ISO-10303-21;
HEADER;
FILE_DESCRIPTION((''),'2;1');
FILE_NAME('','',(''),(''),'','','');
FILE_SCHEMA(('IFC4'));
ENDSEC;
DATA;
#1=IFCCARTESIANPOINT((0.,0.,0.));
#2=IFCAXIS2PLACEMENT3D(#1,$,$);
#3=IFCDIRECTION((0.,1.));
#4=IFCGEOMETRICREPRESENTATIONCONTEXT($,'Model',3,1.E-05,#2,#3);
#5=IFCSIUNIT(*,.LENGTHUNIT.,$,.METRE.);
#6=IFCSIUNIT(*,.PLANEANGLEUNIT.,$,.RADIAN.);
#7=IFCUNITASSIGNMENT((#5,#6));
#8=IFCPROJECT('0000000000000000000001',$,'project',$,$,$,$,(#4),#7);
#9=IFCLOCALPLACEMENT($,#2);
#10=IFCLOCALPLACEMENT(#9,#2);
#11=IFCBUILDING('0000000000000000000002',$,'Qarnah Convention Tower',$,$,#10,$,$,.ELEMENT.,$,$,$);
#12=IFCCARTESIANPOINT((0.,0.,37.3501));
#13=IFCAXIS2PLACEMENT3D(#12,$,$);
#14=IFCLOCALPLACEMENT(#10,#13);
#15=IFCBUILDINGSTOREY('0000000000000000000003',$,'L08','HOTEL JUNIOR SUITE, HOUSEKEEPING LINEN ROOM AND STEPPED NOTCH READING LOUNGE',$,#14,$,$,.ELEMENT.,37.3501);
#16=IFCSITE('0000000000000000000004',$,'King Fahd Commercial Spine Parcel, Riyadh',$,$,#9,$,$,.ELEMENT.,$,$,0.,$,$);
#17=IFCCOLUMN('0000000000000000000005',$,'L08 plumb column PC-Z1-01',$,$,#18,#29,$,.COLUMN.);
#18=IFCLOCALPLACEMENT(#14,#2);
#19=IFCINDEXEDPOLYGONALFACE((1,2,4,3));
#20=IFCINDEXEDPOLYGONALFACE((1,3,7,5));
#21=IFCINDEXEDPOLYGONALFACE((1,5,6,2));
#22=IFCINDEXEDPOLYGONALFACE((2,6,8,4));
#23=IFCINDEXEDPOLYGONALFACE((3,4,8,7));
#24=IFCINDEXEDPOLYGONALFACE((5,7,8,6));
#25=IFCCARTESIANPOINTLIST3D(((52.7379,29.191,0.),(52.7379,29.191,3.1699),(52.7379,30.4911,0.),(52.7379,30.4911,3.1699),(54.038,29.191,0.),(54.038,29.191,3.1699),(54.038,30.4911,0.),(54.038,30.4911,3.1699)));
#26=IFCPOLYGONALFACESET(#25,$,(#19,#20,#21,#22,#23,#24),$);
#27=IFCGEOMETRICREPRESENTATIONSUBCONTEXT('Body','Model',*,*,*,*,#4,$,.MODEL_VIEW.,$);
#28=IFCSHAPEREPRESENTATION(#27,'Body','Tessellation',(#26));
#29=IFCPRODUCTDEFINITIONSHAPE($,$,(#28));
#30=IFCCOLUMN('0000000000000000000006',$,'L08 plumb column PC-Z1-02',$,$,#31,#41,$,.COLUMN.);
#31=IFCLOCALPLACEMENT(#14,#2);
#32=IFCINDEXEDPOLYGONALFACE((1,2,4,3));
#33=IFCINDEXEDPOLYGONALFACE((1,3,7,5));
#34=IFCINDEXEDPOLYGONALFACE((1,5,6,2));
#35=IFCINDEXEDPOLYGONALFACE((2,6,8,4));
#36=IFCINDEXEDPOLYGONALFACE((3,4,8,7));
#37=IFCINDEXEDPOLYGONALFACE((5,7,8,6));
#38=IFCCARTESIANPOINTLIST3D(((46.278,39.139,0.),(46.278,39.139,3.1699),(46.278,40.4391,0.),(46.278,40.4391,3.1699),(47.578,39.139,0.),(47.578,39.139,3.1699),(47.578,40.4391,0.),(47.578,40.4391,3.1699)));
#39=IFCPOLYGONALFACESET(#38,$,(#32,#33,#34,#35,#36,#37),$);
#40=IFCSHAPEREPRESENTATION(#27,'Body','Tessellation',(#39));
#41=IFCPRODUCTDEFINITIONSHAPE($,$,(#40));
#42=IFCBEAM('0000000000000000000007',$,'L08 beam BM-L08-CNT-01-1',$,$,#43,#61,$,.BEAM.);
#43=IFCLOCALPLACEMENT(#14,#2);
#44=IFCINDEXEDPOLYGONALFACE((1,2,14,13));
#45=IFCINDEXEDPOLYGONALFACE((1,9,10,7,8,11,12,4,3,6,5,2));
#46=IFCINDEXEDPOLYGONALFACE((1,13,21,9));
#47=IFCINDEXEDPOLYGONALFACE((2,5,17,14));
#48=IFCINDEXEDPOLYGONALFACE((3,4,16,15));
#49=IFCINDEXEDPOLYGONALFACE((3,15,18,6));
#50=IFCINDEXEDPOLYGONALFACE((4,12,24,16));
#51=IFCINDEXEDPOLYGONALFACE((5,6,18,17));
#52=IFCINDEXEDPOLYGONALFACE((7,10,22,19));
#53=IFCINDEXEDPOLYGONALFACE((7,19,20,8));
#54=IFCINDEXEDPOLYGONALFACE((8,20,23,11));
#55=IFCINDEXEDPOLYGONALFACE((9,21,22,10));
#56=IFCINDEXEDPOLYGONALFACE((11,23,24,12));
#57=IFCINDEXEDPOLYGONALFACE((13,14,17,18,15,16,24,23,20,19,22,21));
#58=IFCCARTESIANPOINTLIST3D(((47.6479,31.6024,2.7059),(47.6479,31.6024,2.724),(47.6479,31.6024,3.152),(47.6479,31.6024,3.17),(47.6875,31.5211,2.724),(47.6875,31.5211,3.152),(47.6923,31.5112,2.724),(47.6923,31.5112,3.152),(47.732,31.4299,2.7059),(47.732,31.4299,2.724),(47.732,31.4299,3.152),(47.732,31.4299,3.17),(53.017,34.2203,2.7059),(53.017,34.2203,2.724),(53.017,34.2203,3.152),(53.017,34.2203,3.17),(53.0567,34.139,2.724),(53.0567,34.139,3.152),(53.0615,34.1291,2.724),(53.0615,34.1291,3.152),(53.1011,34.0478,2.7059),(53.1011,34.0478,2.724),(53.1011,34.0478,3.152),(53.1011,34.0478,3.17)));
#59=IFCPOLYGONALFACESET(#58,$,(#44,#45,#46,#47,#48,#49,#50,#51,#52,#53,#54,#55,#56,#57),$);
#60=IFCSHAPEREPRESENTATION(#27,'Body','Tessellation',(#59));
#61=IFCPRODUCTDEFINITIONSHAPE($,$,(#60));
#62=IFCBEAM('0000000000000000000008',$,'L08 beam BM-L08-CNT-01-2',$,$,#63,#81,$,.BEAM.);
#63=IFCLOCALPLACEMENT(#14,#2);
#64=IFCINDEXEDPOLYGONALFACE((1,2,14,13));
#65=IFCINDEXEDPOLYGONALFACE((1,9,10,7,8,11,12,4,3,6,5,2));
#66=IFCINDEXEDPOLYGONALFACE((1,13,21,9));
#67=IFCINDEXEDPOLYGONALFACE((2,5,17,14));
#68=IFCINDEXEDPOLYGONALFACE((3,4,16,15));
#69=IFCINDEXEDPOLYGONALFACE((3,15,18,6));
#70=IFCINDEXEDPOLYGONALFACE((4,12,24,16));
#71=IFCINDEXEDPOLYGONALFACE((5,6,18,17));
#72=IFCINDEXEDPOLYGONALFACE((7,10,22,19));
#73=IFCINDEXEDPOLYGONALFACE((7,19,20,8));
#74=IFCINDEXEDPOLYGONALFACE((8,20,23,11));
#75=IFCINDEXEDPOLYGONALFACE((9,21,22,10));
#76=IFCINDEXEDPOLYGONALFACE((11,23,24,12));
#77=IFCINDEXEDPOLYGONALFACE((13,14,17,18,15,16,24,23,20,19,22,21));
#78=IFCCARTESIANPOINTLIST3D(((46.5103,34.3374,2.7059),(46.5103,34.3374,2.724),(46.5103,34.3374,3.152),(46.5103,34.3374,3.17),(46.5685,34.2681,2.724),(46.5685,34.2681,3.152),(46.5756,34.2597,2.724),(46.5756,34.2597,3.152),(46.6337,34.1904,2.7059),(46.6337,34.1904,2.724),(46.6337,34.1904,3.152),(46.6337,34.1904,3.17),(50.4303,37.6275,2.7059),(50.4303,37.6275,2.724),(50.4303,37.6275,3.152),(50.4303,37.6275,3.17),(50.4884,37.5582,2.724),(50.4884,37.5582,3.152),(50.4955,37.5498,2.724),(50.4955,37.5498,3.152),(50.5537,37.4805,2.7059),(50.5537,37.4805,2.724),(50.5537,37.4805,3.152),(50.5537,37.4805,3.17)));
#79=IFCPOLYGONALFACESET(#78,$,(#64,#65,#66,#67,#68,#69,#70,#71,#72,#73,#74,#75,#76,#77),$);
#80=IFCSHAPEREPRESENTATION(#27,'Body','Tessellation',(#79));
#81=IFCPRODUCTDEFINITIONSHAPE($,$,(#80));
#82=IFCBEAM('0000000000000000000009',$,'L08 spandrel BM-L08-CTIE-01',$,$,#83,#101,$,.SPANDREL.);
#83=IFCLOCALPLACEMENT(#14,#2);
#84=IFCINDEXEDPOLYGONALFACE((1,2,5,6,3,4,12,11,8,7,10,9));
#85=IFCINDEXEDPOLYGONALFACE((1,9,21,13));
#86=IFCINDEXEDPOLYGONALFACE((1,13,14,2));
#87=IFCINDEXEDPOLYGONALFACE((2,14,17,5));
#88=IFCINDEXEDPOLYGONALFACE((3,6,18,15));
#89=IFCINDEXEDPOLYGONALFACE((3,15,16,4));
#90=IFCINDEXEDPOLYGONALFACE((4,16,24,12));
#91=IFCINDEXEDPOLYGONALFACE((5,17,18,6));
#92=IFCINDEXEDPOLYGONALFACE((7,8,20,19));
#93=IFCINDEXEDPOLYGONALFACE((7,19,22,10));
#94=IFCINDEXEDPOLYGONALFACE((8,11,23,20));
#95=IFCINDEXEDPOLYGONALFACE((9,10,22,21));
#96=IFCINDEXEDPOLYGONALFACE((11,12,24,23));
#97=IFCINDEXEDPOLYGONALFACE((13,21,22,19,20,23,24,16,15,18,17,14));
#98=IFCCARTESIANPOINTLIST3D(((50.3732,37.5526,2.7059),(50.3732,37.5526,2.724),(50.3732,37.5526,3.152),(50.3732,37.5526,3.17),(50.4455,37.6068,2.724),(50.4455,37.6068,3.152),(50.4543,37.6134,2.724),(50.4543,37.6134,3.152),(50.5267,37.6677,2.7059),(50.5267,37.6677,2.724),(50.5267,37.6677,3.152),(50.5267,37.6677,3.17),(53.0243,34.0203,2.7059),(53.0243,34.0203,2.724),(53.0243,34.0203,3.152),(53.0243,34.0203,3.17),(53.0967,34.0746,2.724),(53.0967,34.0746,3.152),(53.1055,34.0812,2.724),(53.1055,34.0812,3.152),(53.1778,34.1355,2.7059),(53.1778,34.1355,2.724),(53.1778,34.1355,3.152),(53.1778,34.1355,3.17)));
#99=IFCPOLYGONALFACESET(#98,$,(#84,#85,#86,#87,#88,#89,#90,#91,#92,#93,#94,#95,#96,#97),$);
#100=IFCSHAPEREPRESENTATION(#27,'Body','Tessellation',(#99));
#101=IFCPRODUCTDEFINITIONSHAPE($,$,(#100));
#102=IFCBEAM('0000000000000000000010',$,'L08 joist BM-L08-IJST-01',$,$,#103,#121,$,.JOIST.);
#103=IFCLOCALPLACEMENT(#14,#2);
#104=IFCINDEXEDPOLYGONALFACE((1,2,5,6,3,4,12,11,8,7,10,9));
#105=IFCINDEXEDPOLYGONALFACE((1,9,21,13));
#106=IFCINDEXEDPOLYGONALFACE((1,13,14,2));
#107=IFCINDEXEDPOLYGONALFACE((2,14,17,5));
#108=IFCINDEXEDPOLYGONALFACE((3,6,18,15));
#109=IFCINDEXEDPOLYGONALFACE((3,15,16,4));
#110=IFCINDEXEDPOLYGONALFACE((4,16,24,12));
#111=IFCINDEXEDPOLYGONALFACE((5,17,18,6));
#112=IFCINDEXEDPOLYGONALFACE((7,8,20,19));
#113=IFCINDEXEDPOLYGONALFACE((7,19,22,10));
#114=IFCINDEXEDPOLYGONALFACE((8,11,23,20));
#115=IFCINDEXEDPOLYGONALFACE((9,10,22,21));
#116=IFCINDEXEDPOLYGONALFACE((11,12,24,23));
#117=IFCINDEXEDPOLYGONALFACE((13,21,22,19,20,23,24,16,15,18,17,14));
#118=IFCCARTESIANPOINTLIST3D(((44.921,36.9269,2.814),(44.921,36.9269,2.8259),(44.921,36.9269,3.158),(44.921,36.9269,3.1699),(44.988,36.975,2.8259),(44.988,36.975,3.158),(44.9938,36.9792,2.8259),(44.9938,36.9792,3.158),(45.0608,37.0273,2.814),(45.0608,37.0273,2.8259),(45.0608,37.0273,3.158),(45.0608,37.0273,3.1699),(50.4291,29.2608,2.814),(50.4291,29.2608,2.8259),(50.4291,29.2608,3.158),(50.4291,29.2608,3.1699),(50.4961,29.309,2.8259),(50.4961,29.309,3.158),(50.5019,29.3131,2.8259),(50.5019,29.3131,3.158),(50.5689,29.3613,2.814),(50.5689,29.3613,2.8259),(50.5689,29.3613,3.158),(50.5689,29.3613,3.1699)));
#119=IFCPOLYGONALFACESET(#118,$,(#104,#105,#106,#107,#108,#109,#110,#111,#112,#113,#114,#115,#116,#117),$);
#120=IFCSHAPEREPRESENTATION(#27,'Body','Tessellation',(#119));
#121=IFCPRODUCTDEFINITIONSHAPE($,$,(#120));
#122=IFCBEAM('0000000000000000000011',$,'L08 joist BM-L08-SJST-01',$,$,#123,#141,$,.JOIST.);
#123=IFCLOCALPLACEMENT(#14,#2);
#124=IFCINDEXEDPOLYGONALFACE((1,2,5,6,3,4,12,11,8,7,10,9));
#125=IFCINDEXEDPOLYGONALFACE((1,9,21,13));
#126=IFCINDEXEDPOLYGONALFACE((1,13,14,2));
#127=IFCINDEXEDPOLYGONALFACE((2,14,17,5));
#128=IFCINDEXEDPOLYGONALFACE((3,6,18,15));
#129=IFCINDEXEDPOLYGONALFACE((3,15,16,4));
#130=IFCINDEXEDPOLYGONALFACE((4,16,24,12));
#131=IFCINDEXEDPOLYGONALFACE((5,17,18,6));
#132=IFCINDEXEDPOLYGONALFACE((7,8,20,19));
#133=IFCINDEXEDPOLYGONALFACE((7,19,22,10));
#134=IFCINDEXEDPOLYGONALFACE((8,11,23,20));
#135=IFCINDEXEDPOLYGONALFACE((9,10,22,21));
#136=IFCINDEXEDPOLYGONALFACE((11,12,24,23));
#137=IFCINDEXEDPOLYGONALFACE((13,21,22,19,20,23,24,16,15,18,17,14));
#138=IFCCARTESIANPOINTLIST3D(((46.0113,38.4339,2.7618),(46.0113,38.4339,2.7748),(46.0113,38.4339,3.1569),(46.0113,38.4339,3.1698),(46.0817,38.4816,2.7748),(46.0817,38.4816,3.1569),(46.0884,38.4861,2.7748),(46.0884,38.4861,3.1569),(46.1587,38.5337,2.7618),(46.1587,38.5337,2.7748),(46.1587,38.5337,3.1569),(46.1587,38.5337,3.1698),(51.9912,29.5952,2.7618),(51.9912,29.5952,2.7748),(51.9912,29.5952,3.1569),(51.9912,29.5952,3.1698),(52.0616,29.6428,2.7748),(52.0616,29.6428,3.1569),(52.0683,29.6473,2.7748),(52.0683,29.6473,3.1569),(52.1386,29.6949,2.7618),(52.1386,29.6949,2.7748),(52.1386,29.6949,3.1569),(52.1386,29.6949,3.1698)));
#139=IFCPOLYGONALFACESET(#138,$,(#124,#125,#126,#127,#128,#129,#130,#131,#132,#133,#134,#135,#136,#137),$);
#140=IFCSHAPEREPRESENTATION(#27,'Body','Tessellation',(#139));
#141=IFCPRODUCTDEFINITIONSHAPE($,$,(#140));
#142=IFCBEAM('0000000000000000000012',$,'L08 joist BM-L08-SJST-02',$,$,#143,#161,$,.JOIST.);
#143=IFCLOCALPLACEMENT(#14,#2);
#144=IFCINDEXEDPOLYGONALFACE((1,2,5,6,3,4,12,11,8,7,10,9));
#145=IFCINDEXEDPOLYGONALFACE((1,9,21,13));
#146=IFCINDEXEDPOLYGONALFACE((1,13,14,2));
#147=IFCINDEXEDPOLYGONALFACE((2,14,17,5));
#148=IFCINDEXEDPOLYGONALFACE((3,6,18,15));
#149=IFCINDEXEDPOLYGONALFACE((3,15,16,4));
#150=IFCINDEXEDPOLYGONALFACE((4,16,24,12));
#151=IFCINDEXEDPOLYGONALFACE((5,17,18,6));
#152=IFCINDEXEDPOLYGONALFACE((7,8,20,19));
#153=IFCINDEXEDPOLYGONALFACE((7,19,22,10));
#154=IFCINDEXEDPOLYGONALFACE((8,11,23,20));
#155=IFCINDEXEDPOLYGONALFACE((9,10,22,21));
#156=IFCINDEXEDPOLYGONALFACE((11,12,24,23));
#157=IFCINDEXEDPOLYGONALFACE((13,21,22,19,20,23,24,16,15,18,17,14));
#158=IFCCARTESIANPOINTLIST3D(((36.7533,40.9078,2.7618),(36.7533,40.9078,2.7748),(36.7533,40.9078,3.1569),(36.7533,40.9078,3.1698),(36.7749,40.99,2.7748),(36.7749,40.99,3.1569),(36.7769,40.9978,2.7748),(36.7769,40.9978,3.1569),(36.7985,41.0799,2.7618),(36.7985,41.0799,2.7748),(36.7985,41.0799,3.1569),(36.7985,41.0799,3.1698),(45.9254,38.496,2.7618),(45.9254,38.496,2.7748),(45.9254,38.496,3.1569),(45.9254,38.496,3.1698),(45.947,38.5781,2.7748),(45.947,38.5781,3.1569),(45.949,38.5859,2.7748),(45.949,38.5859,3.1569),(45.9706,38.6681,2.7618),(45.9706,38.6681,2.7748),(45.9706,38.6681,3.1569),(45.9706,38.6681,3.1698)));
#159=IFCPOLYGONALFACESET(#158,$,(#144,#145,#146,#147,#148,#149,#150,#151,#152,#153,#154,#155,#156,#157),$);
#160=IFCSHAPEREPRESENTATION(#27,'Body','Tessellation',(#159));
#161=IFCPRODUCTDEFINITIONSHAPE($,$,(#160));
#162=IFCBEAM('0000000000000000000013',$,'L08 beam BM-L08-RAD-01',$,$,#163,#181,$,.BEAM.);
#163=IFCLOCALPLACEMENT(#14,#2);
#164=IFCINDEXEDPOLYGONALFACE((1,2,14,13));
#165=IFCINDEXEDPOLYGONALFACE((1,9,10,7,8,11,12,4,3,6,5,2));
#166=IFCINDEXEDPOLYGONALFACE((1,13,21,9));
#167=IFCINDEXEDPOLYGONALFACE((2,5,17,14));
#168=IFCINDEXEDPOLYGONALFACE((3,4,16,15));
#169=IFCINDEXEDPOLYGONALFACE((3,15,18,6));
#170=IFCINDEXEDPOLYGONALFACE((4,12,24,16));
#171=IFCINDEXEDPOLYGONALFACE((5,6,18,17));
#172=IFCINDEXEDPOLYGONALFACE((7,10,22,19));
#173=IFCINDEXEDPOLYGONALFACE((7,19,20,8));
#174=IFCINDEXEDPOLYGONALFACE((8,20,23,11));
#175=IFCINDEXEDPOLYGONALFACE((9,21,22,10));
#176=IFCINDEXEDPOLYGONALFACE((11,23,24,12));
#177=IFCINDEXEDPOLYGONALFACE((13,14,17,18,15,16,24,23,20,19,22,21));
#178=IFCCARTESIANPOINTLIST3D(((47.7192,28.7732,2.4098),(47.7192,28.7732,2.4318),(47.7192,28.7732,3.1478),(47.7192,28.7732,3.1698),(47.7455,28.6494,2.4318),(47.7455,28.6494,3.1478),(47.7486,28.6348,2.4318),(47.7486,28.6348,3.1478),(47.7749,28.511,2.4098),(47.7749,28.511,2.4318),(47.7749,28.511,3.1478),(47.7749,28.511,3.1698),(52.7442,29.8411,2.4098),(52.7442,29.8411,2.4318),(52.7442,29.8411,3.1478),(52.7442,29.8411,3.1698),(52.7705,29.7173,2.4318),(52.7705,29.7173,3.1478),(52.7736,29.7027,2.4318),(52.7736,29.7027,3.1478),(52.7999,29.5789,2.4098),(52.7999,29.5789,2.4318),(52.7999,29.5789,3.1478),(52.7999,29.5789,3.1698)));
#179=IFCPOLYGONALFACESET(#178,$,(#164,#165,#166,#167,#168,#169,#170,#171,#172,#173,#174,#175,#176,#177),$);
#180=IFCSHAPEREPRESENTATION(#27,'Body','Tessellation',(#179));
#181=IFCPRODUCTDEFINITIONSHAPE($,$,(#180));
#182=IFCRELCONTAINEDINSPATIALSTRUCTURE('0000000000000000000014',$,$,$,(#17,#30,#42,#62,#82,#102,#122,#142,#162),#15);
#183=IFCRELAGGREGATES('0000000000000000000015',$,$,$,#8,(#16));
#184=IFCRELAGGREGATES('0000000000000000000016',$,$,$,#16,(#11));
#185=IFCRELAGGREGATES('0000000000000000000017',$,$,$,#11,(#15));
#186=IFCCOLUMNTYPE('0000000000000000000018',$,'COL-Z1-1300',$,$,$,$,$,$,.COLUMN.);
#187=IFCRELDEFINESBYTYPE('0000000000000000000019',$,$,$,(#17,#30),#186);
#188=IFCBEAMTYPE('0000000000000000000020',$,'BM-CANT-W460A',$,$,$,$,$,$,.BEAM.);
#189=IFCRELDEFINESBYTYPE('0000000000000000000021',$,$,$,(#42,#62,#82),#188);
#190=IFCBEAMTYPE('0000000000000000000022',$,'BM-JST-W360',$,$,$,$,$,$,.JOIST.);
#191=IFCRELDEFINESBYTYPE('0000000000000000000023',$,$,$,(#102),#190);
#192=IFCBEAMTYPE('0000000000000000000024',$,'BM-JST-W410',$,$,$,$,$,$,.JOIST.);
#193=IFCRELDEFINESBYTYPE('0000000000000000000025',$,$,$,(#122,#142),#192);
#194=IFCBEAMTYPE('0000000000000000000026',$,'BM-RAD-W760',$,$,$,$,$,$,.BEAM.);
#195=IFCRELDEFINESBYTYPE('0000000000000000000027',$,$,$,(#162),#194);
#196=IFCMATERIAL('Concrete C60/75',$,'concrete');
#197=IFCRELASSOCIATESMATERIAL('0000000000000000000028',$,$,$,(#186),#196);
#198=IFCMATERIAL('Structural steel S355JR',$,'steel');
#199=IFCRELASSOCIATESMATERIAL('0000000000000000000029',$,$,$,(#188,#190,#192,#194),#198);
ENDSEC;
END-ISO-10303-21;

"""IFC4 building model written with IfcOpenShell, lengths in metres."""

from ifc_helpers import new_model, si_unit, direction, frame, origin, origin_2d, place, context, subcontext, project, spatial, rectangle, i_section, extrude, material, material_profile, profile_set, type_object, element, save


model = new_model("IFC4")

# Units and contexts
model_context = context("Model", 3, precision=1e-05, world=origin(), true_north=direction((0.0, 1.0)))
body_context = subcontext(model_context, "Body", "Model", "MODEL_VIEW")
ifc_project = project(units=[si_unit("LENGTHUNIT", "METRE"), si_unit("PLANEANGLEUNIT", "RADIAN")], contexts=[model_context])

# Site, building, storey
site_placement = place(None, origin())
site = spatial("IfcSite", under=ifc_project, at=site_placement, Name="King Fahd Commercial Spine Parcel, Riyadh", CompositionType="ELEMENT", RefElevation=0.0)
building_placement = place(site_placement, origin())
building = spatial("IfcBuilding", under=site, at=building_placement, Name="Qarnah Convention Tower", CompositionType="ELEMENT")
storey_placement = place(building_placement, frame((0.0, 0.0, 37.3501)))
storey = spatial("IfcBuildingStorey", under=building, at=storey_placement, Name="L08", Description="HOTEL JUNIOR SUITE, HOUSEKEEPING LINEN ROOM AND STEPPED NOTCH READING LOUNGE", CompositionType="ELEMENT", Elevation=37.3501)

# Columns
ifc_material_1 = material(Name="Concrete C60/75", Category="concrete")
ifc_material_profile_1 = material_profile(ifc_material_1, rectangle(XDim=1.3, YDim=1.3, at=origin_2d()), Name="RC-COL-1300X1300")
ifc_profile_set_1 = profile_set([ifc_material_profile_1], Name="Concrete C60/75")
column_type = type_object("IfcColumnType", Name="COL-Z1-1300", PredefinedType="COLUMN", material=ifc_profile_set_1)
for number, where, z_axis, x_axis, name in (
    (1, (53.3879, 29.8411, 0.0), (0.0, 0.0, 1.0), (1.0, 0.0, 0.0), "L08 plumb column PC-Z1-01"),
    (2, (46.928, 39.7891, 0.0), (0.0, 0.0, 1.0), (1.0, 0.0, 0.0), "L08 plumb column PC-Z1-02"),
):
    element("IfcColumn", number, at=place(storey_placement, frame(where, z_axis=z_axis, x_axis=x_axis)), inside=storey, type_object=column_type, Name=name, PredefinedType="COLUMN", context=body_context, shape_type="SweptSolid", body=[
        extrude(rectangle(XDim=1.3, YDim=1.3, at=origin_2d()), origin(), (0.0, 0.0, 1.0), 3.1699),
    ])

# Beams
ifc_material_2 = material(Name="Structural steel S355JR", Category="steel")
ifc_material_profile_2 = material_profile(ifc_material_2, i_section(OverallWidth=0.1919, OverallDepth=0.4641, WebThickness=0.011, FlangeThickness=0.0181, at=origin_2d()), Name="W460X89")
ifc_profile_set_2 = profile_set([ifc_material_profile_2], Name="Structural steel S355JR")
beam_type_1 = type_object("IfcBeamType", Name="BM-CANT-W460A", PredefinedType="BEAM", material=ifc_profile_set_2)
beam_1_placement = place(storey_placement, frame((47.6899, 31.5161, 2.938), z_axis=(0.898846, 0.438265, 0.0), x_axis=(-0.438265, 0.898846, 0.0)))
element("IfcBeam", 3, at=beam_1_placement, inside=storey, type_object=beam_type_1, Name="L08 beam BM-L08-CNT-01-1", PredefinedType="BEAM", context=body_context, shape_type="SweptSolid", body=[
    extrude(i_section(OverallWidth=0.1919, OverallDepth=0.4641, WebThickness=0.011, FlangeThickness=0.0181, at=origin_2d()), origin(), (0.0, 0.0, 1.0), 5.9734),
])
beam_2_placement = place(storey_placement, frame((46.572, 34.2639, 2.938), z_axis=(0.765964, 0.642883, 0.0), x_axis=(-0.642883, 0.765964, 0.0)))
element("IfcBeam", 4, at=beam_2_placement, inside=storey, type_object=beam_type_1, Name="L08 beam BM-L08-CNT-01-2", PredefinedType="BEAM", context=body_context, shape_type="SweptSolid", body=[
    extrude(i_section(OverallWidth=0.1919, OverallDepth=0.4641, WebThickness=0.011, FlangeThickness=0.0181, at=origin_2d()), origin(), (0.0, 0.0, 1.0), 5.1177),
])
beam_3_placement = place(storey_placement, frame((53.1011, 34.0779, 2.938), z_axis=(-0.600283, 0.799788, 0.0), x_axis=(-0.799788, -0.600283, 0.0)))
element("IfcBeam", 5, at=beam_3_placement, inside=storey, type_object=beam_type_1, Name="L08 spandrel BM-L08-CTIE-01", PredefinedType="SPANDREL", context=body_context, shape_type="SweptSolid", body=[
    extrude(i_section(OverallWidth=0.1919, OverallDepth=0.4641, WebThickness=0.011, FlangeThickness=0.0181, at=origin_2d()), origin(), (0.0, 0.0, 1.0), 4.4165),
])
ifc_material_profile_3 = material_profile(ifc_material_2, i_section(OverallWidth=0.1721, OverallDepth=0.356, WebThickness=0.0071, FlangeThickness=0.012, at=origin_2d()), Name="W360X51")
ifc_profile_set_3 = profile_set([ifc_material_profile_3], Name="Structural steel S355JR")
beam_type_2 = type_object("IfcBeamType", Name="BM-JST-W360", PredefinedType="JOIST", material=ifc_profile_set_3)
beam_4_placement = place(storey_placement, frame((50.499, 29.311, 2.9919), z_axis=(-0.583504, 0.81211, 0.0), x_axis=(-0.81211, -0.583504, 0.0)))
element("IfcBeam", 6, at=beam_4_placement, inside=storey, type_object=beam_type_2, Name="L08 joist BM-L08-IJST-01", PredefinedType="JOIST", context=body_context, shape_type="SweptSolid", body=[
    extrude(i_section(OverallWidth=0.1721, OverallDepth=0.356, WebThickness=0.0071, FlangeThickness=0.012, at=origin_2d()), origin(), (0.0, 0.0, 1.0), 9.4397),
])
ifc_material_profile_4 = material_profile(ifc_material_2, i_section(OverallWidth=0.178, OverallDepth=0.408, WebThickness=0.0081, FlangeThickness=0.0129, at=origin_2d()), Name="W410X60")
ifc_profile_set_4 = profile_set([ifc_material_profile_4], Name="Structural steel S355JR")
beam_type_3 = type_object("IfcBeamType", Name="BM-JST-W410", PredefinedType="JOIST", material=ifc_profile_set_4)
beam_5_placement = place(storey_placement, frame((52.0649, 29.645, 2.9658), z_axis=(-0.560357, 0.828251, 0.0), x_axis=(-0.828251, -0.560357, 0.0)))
element("IfcBeam", 7, at=beam_5_placement, inside=storey, type_object=beam_type_3, Name="L08 joist BM-L08-SJST-01", PredefinedType="JOIST", context=body_context, shape_type="SweptSolid", body=[
    extrude(i_section(OverallWidth=0.178, OverallDepth=0.408, WebThickness=0.0081, FlangeThickness=0.0129, at=origin_2d()), origin(), (0.0, 0.0, 1.0), 10.6716),
])
beam_6_placement = place(storey_placement, frame((45.948, 38.582, 2.9658), z_axis=(-0.967123, 0.254311, 0.0), x_axis=(-0.254311, -0.967123, 0.0)))
element("IfcBeam", 8, at=beam_6_placement, inside=storey, type_object=beam_type_3, Name="L08 joist BM-L08-SJST-02", PredefinedType="JOIST", context=body_context, shape_type="SweptSolid", body=[
    extrude(i_section(OverallWidth=0.178, OverallDepth=0.408, WebThickness=0.0081, FlangeThickness=0.0129, at=origin_2d()), origin(), (0.0, 0.0, 1.0), 9.4839),
])
ifc_material_profile_5 = material_profile(ifc_material_2, i_section(OverallWidth=0.2681, OverallDepth=0.76, WebThickness=0.0149, FlangeThickness=0.022, at=origin_2d()), Name="W760X185")
ifc_profile_set_5 = profile_set([ifc_material_profile_5], Name="Structural steel S355JR")
beam_type_4 = type_object("IfcBeamType", Name="BM-RAD-W760", PredefinedType="BEAM", material=ifc_profile_set_5)
beam_7_placement = place(storey_placement, frame((47.7471, 28.6421, 2.7898), z_axis=(0.978156, 0.207874, 0.0), x_axis=(-0.207874, 0.978156, 0.0)))
element("IfcBeam", 9, at=beam_7_placement, inside=storey, type_object=beam_type_4, Name="L08 beam BM-L08-RAD-01", PredefinedType="BEAM", context=body_context, shape_type="SweptSolid", body=[
    extrude(i_section(OverallWidth=0.2681, OverallDepth=0.76, WebThickness=0.0149, FlangeThickness=0.022, at=origin_2d()), origin(), (0.0, 0.0, 1.0), 5.1372),
])

save(model, "model.ifc")
